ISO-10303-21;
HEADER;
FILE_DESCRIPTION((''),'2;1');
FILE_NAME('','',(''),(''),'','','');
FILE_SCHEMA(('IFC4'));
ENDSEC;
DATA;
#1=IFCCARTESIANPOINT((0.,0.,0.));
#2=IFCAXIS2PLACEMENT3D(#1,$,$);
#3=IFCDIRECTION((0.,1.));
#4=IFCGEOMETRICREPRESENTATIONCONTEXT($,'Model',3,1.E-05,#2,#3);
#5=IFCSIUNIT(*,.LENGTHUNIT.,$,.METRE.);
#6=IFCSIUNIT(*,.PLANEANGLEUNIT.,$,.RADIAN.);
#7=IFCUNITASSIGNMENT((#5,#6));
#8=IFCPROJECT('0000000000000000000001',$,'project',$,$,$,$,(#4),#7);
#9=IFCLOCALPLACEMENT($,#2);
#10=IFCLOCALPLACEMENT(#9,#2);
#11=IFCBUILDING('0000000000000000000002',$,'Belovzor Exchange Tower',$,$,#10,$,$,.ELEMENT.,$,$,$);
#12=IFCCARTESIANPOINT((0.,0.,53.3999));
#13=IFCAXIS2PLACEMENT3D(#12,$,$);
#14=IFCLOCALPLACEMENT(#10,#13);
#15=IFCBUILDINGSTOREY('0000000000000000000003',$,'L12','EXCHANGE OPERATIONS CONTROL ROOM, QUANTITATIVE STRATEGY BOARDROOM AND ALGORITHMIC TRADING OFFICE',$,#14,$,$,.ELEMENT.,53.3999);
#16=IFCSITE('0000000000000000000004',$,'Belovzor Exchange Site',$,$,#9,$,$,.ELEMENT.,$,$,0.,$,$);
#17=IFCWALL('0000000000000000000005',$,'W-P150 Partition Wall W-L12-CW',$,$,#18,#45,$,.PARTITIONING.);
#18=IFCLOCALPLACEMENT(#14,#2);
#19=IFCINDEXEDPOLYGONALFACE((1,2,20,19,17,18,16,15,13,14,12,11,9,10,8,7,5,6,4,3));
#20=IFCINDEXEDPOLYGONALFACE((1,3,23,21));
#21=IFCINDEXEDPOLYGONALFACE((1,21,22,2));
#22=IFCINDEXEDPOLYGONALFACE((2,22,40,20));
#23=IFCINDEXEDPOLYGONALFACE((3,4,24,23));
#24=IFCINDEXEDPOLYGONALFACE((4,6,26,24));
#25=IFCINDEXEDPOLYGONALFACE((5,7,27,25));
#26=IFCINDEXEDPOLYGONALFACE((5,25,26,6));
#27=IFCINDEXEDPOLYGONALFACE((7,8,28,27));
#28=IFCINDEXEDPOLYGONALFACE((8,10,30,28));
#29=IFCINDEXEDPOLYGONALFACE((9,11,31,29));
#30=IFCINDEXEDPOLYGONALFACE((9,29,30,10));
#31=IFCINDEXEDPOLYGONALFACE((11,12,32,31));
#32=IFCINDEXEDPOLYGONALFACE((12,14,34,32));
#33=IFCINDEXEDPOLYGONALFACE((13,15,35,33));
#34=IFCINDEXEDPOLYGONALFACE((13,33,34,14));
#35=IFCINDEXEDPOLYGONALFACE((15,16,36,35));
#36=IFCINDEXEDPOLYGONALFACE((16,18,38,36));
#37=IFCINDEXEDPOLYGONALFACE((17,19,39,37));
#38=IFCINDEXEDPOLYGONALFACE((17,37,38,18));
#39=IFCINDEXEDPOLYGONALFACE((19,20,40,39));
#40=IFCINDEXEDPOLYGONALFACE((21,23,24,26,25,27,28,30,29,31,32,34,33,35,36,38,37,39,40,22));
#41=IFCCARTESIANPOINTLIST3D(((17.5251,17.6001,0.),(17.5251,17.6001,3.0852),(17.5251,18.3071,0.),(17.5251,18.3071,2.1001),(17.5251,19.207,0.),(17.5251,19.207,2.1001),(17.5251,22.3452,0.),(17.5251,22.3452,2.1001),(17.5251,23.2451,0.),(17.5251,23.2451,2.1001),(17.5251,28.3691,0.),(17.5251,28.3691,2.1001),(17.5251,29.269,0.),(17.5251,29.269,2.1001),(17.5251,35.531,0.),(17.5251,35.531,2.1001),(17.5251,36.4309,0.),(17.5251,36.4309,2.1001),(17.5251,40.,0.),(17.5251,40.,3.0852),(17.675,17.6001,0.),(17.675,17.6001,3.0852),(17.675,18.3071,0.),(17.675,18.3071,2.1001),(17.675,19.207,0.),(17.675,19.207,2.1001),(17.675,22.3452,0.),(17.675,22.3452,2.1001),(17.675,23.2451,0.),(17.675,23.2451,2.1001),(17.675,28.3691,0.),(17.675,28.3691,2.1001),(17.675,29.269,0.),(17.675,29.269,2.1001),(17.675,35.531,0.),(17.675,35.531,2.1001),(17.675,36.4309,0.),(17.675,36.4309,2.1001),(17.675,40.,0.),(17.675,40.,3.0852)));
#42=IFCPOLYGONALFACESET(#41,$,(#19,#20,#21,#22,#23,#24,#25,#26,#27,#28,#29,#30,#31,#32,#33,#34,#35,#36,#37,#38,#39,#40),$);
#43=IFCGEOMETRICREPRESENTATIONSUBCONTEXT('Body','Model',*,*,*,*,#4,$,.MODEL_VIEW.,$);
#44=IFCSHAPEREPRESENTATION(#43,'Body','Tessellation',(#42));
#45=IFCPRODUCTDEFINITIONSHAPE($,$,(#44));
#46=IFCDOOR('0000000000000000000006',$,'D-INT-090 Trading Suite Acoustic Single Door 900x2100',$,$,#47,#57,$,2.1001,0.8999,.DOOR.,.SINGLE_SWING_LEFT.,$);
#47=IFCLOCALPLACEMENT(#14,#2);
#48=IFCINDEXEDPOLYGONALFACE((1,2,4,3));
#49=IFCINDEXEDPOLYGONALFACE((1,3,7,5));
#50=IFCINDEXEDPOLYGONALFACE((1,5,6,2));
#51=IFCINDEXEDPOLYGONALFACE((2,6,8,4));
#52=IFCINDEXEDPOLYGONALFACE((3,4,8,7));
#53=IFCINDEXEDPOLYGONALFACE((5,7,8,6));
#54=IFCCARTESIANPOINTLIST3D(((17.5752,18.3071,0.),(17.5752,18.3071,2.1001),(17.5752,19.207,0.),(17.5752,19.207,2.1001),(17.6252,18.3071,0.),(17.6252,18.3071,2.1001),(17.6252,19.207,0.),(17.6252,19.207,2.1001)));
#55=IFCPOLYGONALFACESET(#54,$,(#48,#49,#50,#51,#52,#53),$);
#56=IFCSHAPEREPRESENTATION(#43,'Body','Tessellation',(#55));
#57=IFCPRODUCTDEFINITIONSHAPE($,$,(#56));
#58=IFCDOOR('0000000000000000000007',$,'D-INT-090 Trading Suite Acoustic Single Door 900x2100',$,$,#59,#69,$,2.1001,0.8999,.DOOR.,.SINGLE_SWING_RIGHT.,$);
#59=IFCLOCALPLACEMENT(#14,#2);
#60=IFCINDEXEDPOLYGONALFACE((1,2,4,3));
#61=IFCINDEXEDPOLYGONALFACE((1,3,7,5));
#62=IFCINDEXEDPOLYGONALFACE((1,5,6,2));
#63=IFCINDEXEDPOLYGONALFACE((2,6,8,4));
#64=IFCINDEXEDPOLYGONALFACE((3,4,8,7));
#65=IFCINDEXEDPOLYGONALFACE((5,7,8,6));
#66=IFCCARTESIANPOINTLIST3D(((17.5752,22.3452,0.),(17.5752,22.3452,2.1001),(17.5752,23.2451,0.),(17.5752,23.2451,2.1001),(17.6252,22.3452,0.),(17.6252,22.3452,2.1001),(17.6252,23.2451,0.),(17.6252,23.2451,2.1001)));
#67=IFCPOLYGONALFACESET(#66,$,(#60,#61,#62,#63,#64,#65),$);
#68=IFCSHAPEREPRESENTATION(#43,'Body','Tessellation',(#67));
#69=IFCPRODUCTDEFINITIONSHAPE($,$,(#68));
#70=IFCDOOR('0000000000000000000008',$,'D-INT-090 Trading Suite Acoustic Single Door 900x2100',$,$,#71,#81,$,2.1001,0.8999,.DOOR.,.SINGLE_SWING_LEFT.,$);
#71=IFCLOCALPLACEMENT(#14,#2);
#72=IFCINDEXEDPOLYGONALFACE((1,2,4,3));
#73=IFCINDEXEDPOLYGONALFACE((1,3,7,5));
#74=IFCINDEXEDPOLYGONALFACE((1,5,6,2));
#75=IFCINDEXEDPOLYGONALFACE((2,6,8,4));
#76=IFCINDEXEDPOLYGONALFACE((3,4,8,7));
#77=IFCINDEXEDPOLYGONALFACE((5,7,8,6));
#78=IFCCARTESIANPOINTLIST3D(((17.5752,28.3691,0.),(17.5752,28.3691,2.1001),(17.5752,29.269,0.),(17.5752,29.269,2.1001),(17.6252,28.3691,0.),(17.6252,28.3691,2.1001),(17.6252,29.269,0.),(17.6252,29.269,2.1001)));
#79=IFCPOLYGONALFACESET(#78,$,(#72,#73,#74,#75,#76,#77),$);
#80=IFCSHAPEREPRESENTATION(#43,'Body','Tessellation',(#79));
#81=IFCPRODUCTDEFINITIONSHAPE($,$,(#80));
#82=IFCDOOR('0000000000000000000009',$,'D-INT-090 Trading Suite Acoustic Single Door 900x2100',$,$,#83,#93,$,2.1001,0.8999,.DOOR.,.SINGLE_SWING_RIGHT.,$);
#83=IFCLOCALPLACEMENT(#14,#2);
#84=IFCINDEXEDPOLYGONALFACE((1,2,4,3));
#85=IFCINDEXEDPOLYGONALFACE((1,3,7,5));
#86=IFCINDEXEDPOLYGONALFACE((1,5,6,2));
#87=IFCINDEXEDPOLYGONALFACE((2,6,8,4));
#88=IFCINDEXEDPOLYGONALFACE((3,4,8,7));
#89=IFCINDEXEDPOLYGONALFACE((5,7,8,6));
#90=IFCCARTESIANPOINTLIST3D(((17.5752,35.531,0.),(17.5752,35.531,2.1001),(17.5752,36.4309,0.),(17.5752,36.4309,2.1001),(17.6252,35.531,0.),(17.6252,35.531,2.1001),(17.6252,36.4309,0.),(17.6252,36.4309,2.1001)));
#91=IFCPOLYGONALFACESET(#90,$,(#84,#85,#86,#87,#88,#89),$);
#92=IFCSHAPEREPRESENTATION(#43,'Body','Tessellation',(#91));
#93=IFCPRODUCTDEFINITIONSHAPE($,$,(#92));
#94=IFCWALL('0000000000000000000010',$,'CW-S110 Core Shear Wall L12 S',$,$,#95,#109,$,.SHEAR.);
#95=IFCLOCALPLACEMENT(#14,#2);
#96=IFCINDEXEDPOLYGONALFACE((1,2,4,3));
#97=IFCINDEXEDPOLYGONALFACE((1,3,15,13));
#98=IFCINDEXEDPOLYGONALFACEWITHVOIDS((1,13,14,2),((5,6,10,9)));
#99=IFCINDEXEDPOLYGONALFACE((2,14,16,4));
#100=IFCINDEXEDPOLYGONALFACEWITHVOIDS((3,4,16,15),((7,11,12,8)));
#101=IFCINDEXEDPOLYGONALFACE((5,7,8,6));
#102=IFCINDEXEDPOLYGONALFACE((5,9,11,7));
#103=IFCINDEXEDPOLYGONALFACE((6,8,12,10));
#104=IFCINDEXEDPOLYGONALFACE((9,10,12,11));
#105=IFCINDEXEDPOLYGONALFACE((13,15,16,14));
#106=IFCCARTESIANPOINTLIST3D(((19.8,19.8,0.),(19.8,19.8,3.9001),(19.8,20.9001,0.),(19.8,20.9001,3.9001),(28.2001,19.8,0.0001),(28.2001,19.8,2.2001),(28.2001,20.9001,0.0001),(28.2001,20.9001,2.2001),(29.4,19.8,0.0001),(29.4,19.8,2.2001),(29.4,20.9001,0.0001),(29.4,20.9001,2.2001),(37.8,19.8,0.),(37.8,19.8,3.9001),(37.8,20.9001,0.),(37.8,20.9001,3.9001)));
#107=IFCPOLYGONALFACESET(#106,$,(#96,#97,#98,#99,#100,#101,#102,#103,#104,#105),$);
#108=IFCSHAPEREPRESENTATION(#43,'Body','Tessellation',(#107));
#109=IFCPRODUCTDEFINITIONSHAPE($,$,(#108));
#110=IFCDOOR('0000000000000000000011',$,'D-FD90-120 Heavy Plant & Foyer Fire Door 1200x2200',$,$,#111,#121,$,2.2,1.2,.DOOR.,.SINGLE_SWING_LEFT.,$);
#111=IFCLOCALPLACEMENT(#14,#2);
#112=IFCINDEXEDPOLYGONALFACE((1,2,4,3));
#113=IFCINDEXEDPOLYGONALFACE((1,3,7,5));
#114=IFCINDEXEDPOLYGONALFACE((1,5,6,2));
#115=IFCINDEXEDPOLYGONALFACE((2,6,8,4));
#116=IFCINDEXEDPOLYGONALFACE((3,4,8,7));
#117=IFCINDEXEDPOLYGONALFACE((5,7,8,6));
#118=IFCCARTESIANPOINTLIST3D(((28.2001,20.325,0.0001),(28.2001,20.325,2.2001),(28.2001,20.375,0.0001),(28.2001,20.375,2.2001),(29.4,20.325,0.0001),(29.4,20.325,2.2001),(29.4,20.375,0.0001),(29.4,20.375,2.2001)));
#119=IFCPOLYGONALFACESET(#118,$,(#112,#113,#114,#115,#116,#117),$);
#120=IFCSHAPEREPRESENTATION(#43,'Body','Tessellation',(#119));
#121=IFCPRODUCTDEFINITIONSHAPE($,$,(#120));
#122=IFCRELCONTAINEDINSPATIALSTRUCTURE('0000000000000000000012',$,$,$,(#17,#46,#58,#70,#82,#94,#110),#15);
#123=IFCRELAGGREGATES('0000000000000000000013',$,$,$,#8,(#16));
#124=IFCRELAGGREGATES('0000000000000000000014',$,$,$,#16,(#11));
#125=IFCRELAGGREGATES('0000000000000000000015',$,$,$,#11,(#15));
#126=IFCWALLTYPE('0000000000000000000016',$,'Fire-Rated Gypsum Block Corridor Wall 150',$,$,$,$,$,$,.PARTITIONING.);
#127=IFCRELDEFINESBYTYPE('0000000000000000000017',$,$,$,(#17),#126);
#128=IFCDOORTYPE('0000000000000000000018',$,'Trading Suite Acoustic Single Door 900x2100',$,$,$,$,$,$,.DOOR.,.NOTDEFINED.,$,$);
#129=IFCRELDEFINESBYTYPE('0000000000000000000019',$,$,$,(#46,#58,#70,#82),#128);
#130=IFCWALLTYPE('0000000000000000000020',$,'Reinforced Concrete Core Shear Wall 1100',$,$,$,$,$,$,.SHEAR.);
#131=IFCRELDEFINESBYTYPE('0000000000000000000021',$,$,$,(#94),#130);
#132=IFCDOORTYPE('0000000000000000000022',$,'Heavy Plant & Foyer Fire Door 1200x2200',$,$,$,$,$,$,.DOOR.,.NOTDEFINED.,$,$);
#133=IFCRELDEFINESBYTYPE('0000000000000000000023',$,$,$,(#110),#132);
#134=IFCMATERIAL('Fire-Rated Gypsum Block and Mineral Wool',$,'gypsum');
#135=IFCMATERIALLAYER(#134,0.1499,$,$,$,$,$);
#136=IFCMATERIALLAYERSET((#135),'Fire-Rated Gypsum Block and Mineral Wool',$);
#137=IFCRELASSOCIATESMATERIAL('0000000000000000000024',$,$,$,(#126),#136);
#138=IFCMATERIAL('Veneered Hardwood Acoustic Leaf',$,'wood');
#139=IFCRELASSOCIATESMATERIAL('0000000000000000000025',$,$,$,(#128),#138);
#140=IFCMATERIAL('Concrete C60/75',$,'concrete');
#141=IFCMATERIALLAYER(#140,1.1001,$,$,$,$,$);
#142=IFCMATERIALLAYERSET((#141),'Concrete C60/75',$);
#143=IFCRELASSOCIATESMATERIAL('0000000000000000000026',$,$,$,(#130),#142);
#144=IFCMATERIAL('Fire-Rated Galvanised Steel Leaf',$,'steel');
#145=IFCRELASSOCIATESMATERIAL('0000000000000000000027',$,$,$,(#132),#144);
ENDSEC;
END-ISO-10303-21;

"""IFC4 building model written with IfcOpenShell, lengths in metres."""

from ifc_helpers import new_model, si_unit, direction, frame, frame_2d, origin, place, context, subcontext, project, spatial, rectangle, extrude, material, layer, layer_set, type_object, element, fill, save


model = new_model("IFC4")

# Units and contexts
model_context = context("Model", 3, precision=1e-05, world=origin(), true_north=direction((0.0, 1.0)))
body_context = subcontext(model_context, "Body", "Model", "MODEL_VIEW")
ifc_project = project(units=[si_unit("LENGTHUNIT", "METRE"), si_unit("PLANEANGLEUNIT", "RADIAN")], contexts=[model_context])

# Site, building, storey
site_placement = place(None, origin())
site = spatial("IfcSite", under=ifc_project, at=site_placement, Name="Belovzor Exchange Site", CompositionType="ELEMENT", RefElevation=0.0)
building_placement = place(site_placement, origin())
building = spatial("IfcBuilding", under=site, at=building_placement, Name="Belovzor Exchange Tower", CompositionType="ELEMENT")
storey_placement = place(building_placement, frame((0.0, 0.0, 53.3999)))
storey = spatial("IfcBuildingStorey", under=building, at=storey_placement, Name="L12", Description="EXCHANGE OPERATIONS CONTROL ROOM, QUANTITATIVE STRATEGY BOARDROOM AND ALGORITHMIC TRADING OFFICE", CompositionType="ELEMENT", Elevation=53.3999)

# Wall, openings, doors
ifc_material_1 = material(Name="Fire-Rated Gypsum Block and Mineral Wool", Category="gypsum")
ifc_layer_1 = layer(ifc_material_1, 0.1499)
ifc_layer_set_1 = layer_set([ifc_layer_1], Name="Fire-Rated Gypsum Block and Mineral Wool")
wall_type_1 = type_object("IfcWallType", Name="Fire-Rated Gypsum Block Corridor Wall 150", PredefinedType="PARTITIONING", material=ifc_layer_set_1)
ifc_material_2 = material(Name="Veneered Hardwood Acoustic Leaf", Category="wood")
door_type_1 = type_object("IfcDoorType", Name="Trading Suite Acoustic Single Door 900x2100", OperationType="NOTDEFINED", PredefinedType="DOOR", material=ifc_material_2)
wall_1_placement = place(storey_placement, frame((17.6001, 17.6001, 0.0), z_axis=(0.0, 0.0, 1.0), x_axis=(0.0, 1.0, 0.0)))
wall_1 = element("IfcWall", 1, at=wall_1_placement, inside=storey, type_object=wall_type_1, Name="W-P150 Partition Wall W-L12-CW", PredefinedType="PARTITIONING", context=body_context, shape_type="SweptSolid", body=[
    extrude(rectangle(XDim=22.3999, YDim=0.1499, at=frame_2d((11.2, 0.0))), origin(), (0.0, 0.0, 1.0), 3.0852),
])
opening_1_placement = place(wall_1_placement, frame((0.707, 0.0, 0.0)))
opening_1 = element("IfcOpeningElement", 2, at=opening_1_placement, cuts=wall_1, PredefinedType="OPENING", context=body_context, shape_type="SweptSolid", body=[
    extrude(rectangle(XDim=0.8999, YDim=2.1001, at=frame_2d((0.45, 1.05))), frame((0.0, 0.085, 0.0), z_axis=(0.0, -1.0, 0.0), x_axis=(1.0, 0.0, 0.0)), (0.0, 0.0, 1.0), 0.1699),
])
opening_2_placement = place(wall_1_placement, frame((4.7451, 0.0, 0.0)))
opening_2 = element("IfcOpeningElement", 3, at=opening_2_placement, cuts=wall_1, PredefinedType="OPENING", context=body_context, shape_type="SweptSolid", body=[
    extrude(rectangle(XDim=0.8999, YDim=2.1001, at=frame_2d((0.45, 1.05))), frame((0.0, 0.085, 0.0), z_axis=(0.0, -1.0, 0.0), x_axis=(1.0, 0.0, 0.0)), (0.0, 0.0, 1.0), 0.1699),
])
opening_3_placement = place(wall_1_placement, frame((10.769, 0.0, 0.0)))
opening_3 = element("IfcOpeningElement", 4, at=opening_3_placement, cuts=wall_1, PredefinedType="OPENING", context=body_context, shape_type="SweptSolid", body=[
    extrude(rectangle(XDim=0.8999, YDim=2.1001, at=frame_2d((0.45, 1.05))), frame((0.0, 0.085, 0.0), z_axis=(0.0, -1.0, 0.0), x_axis=(1.0, 0.0, 0.0)), (0.0, 0.0, 1.0), 0.1699),
])
opening_4_placement = place(wall_1_placement, frame((17.9309, 0.0, 0.0)))
opening_4 = element("IfcOpeningElement", 5, at=opening_4_placement, cuts=wall_1, PredefinedType="OPENING", context=body_context, shape_type="SweptSolid", body=[
    extrude(rectangle(XDim=0.8999, YDim=2.1001, at=frame_2d((0.45, 1.05))), frame((0.0, 0.085, 0.0), z_axis=(0.0, -1.0, 0.0), x_axis=(1.0, 0.0, 0.0)), (0.0, 0.0, 1.0), 0.1699),
])
door_1_placement = place(opening_1_placement, origin())
door_1 = element("IfcDoor", 6, at=door_1_placement, inside=storey, type_object=door_type_1, Name="D-INT-090 Trading Suite Acoustic Single Door 900x2100", OperationType="SINGLE_SWING_LEFT", OverallHeight=2.1001, OverallWidth=0.8999, PredefinedType="DOOR", context=body_context, shape_type="SweptSolid", body=[
    extrude(rectangle(XDim=0.8999, YDim=2.1001, at=frame_2d((0.45, 1.05))), frame((0.0, 0.0249, 0.0), z_axis=(0.0, -1.0, 0.0), x_axis=(1.0, 0.0, 0.0)), (0.0, 0.0, 1.0), 0.05),
])
fill(opening_1, door_1)
door_2_placement = place(opening_2_placement, origin())
door_2 = element("IfcDoor", 7, at=door_2_placement, inside=storey, type_object=door_type_1, Name="D-INT-090 Trading Suite Acoustic Single Door 900x2100", OperationType="SINGLE_SWING_RIGHT", OverallHeight=2.1001, OverallWidth=0.8999, PredefinedType="DOOR", context=body_context, shape_type="SweptSolid", body=[
    extrude(rectangle(XDim=0.8999, YDim=2.1001, at=frame_2d((0.45, 1.05))), frame((0.0, 0.0249, 0.0), z_axis=(0.0, -1.0, 0.0), x_axis=(1.0, 0.0, 0.0)), (0.0, 0.0, 1.0), 0.05),
])
fill(opening_2, door_2)
door_3_placement = place(opening_3_placement, origin())
door_3 = element("IfcDoor", 8, at=door_3_placement, inside=storey, type_object=door_type_1, Name="D-INT-090 Trading Suite Acoustic Single Door 900x2100", OperationType="SINGLE_SWING_LEFT", OverallHeight=2.1001, OverallWidth=0.8999, PredefinedType="DOOR", context=body_context, shape_type="SweptSolid", body=[
    extrude(rectangle(XDim=0.8999, YDim=2.1001, at=frame_2d((0.45, 1.05))), frame((0.0, 0.0249, 0.0), z_axis=(0.0, -1.0, 0.0), x_axis=(1.0, 0.0, 0.0)), (0.0, 0.0, 1.0), 0.05),
])
fill(opening_3, door_3)
door_4_placement = place(opening_4_placement, origin())
door_4 = element("IfcDoor", 9, at=door_4_placement, inside=storey, type_object=door_type_1, Name="D-INT-090 Trading Suite Acoustic Single Door 900x2100", OperationType="SINGLE_SWING_RIGHT", OverallHeight=2.1001, OverallWidth=0.8999, PredefinedType="DOOR", context=body_context, shape_type="SweptSolid", body=[
    extrude(rectangle(XDim=0.8999, YDim=2.1001, at=frame_2d((0.45, 1.05))), frame((0.0, 0.0249, 0.0), z_axis=(0.0, -1.0, 0.0), x_axis=(1.0, 0.0, 0.0)), (0.0, 0.0, 1.0), 0.05),
])
fill(opening_4, door_4)

# Wall, opening, door
ifc_material_3 = material(Name="Concrete C60/75", Category="concrete")
ifc_layer_2 = layer(ifc_material_3, 1.1001)
ifc_layer_set_2 = layer_set([ifc_layer_2], Name="Concrete C60/75")
wall_type_2 = type_object("IfcWallType", Name="Reinforced Concrete Core Shear Wall 1100", PredefinedType="SHEAR", material=ifc_layer_set_2)
wall_2_placement = place(storey_placement, frame((19.8, 20.3501, 0.0), z_axis=(0.0, 0.0, 1.0), x_axis=(1.0, 0.0, 0.0)))
wall_2 = element("IfcWall", 10, at=wall_2_placement, inside=storey, type_object=wall_type_2, Name="CW-S110 Core Shear Wall L12 S", PredefinedType="SHEAR", context=body_context, shape_type="SweptSolid", body=[
    extrude(rectangle(XDim=18.0, YDim=1.1001, at=frame_2d((9.0, 0.0))), origin(), (0.0, 0.0, 1.0), 3.9001),
])
opening_5_placement = place(wall_2_placement, frame((8.3999, 0.0, 0.0)))
opening_5 = element("IfcOpeningElement", 11, at=opening_5_placement, cuts=wall_2, PredefinedType="OPENING", context=body_context, shape_type="SweptSolid", body=[
    extrude(rectangle(XDim=1.2, YDim=2.2, at=frame_2d((0.6001, 1.1001))), frame((0.0, 0.5601, 0.0), z_axis=(0.0, -1.0, 0.0), x_axis=(1.0, 0.0, 0.0)), (0.0, 0.0, 1.0), 1.1201),
])
ifc_material_4 = material(Name="Fire-Rated Galvanised Steel Leaf", Category="steel")
door_type_2 = type_object("IfcDoorType", Name="Heavy Plant & Foyer Fire Door 1200x2200", OperationType="NOTDEFINED", PredefinedType="DOOR", material=ifc_material_4)
door_5_placement = place(opening_5_placement, origin())
door_5 = element("IfcDoor", 12, at=door_5_placement, inside=storey, type_object=door_type_2, Name="D-FD90-120 Heavy Plant & Foyer Fire Door 1200x2200", OperationType="SINGLE_SWING_LEFT", OverallHeight=2.2, OverallWidth=1.2, PredefinedType="DOOR", context=body_context, shape_type="SweptSolid", body=[
    extrude(rectangle(XDim=1.2, YDim=2.2, at=frame_2d((0.6001, 1.1001))), frame((0.0, 0.0249, 0.0), z_axis=(0.0, -1.0, 0.0), x_axis=(1.0, 0.0, 0.0)), (0.0, 0.0, 1.0), 0.05),
])
fill(opening_5, door_5)

save(model, "model.ifc")
